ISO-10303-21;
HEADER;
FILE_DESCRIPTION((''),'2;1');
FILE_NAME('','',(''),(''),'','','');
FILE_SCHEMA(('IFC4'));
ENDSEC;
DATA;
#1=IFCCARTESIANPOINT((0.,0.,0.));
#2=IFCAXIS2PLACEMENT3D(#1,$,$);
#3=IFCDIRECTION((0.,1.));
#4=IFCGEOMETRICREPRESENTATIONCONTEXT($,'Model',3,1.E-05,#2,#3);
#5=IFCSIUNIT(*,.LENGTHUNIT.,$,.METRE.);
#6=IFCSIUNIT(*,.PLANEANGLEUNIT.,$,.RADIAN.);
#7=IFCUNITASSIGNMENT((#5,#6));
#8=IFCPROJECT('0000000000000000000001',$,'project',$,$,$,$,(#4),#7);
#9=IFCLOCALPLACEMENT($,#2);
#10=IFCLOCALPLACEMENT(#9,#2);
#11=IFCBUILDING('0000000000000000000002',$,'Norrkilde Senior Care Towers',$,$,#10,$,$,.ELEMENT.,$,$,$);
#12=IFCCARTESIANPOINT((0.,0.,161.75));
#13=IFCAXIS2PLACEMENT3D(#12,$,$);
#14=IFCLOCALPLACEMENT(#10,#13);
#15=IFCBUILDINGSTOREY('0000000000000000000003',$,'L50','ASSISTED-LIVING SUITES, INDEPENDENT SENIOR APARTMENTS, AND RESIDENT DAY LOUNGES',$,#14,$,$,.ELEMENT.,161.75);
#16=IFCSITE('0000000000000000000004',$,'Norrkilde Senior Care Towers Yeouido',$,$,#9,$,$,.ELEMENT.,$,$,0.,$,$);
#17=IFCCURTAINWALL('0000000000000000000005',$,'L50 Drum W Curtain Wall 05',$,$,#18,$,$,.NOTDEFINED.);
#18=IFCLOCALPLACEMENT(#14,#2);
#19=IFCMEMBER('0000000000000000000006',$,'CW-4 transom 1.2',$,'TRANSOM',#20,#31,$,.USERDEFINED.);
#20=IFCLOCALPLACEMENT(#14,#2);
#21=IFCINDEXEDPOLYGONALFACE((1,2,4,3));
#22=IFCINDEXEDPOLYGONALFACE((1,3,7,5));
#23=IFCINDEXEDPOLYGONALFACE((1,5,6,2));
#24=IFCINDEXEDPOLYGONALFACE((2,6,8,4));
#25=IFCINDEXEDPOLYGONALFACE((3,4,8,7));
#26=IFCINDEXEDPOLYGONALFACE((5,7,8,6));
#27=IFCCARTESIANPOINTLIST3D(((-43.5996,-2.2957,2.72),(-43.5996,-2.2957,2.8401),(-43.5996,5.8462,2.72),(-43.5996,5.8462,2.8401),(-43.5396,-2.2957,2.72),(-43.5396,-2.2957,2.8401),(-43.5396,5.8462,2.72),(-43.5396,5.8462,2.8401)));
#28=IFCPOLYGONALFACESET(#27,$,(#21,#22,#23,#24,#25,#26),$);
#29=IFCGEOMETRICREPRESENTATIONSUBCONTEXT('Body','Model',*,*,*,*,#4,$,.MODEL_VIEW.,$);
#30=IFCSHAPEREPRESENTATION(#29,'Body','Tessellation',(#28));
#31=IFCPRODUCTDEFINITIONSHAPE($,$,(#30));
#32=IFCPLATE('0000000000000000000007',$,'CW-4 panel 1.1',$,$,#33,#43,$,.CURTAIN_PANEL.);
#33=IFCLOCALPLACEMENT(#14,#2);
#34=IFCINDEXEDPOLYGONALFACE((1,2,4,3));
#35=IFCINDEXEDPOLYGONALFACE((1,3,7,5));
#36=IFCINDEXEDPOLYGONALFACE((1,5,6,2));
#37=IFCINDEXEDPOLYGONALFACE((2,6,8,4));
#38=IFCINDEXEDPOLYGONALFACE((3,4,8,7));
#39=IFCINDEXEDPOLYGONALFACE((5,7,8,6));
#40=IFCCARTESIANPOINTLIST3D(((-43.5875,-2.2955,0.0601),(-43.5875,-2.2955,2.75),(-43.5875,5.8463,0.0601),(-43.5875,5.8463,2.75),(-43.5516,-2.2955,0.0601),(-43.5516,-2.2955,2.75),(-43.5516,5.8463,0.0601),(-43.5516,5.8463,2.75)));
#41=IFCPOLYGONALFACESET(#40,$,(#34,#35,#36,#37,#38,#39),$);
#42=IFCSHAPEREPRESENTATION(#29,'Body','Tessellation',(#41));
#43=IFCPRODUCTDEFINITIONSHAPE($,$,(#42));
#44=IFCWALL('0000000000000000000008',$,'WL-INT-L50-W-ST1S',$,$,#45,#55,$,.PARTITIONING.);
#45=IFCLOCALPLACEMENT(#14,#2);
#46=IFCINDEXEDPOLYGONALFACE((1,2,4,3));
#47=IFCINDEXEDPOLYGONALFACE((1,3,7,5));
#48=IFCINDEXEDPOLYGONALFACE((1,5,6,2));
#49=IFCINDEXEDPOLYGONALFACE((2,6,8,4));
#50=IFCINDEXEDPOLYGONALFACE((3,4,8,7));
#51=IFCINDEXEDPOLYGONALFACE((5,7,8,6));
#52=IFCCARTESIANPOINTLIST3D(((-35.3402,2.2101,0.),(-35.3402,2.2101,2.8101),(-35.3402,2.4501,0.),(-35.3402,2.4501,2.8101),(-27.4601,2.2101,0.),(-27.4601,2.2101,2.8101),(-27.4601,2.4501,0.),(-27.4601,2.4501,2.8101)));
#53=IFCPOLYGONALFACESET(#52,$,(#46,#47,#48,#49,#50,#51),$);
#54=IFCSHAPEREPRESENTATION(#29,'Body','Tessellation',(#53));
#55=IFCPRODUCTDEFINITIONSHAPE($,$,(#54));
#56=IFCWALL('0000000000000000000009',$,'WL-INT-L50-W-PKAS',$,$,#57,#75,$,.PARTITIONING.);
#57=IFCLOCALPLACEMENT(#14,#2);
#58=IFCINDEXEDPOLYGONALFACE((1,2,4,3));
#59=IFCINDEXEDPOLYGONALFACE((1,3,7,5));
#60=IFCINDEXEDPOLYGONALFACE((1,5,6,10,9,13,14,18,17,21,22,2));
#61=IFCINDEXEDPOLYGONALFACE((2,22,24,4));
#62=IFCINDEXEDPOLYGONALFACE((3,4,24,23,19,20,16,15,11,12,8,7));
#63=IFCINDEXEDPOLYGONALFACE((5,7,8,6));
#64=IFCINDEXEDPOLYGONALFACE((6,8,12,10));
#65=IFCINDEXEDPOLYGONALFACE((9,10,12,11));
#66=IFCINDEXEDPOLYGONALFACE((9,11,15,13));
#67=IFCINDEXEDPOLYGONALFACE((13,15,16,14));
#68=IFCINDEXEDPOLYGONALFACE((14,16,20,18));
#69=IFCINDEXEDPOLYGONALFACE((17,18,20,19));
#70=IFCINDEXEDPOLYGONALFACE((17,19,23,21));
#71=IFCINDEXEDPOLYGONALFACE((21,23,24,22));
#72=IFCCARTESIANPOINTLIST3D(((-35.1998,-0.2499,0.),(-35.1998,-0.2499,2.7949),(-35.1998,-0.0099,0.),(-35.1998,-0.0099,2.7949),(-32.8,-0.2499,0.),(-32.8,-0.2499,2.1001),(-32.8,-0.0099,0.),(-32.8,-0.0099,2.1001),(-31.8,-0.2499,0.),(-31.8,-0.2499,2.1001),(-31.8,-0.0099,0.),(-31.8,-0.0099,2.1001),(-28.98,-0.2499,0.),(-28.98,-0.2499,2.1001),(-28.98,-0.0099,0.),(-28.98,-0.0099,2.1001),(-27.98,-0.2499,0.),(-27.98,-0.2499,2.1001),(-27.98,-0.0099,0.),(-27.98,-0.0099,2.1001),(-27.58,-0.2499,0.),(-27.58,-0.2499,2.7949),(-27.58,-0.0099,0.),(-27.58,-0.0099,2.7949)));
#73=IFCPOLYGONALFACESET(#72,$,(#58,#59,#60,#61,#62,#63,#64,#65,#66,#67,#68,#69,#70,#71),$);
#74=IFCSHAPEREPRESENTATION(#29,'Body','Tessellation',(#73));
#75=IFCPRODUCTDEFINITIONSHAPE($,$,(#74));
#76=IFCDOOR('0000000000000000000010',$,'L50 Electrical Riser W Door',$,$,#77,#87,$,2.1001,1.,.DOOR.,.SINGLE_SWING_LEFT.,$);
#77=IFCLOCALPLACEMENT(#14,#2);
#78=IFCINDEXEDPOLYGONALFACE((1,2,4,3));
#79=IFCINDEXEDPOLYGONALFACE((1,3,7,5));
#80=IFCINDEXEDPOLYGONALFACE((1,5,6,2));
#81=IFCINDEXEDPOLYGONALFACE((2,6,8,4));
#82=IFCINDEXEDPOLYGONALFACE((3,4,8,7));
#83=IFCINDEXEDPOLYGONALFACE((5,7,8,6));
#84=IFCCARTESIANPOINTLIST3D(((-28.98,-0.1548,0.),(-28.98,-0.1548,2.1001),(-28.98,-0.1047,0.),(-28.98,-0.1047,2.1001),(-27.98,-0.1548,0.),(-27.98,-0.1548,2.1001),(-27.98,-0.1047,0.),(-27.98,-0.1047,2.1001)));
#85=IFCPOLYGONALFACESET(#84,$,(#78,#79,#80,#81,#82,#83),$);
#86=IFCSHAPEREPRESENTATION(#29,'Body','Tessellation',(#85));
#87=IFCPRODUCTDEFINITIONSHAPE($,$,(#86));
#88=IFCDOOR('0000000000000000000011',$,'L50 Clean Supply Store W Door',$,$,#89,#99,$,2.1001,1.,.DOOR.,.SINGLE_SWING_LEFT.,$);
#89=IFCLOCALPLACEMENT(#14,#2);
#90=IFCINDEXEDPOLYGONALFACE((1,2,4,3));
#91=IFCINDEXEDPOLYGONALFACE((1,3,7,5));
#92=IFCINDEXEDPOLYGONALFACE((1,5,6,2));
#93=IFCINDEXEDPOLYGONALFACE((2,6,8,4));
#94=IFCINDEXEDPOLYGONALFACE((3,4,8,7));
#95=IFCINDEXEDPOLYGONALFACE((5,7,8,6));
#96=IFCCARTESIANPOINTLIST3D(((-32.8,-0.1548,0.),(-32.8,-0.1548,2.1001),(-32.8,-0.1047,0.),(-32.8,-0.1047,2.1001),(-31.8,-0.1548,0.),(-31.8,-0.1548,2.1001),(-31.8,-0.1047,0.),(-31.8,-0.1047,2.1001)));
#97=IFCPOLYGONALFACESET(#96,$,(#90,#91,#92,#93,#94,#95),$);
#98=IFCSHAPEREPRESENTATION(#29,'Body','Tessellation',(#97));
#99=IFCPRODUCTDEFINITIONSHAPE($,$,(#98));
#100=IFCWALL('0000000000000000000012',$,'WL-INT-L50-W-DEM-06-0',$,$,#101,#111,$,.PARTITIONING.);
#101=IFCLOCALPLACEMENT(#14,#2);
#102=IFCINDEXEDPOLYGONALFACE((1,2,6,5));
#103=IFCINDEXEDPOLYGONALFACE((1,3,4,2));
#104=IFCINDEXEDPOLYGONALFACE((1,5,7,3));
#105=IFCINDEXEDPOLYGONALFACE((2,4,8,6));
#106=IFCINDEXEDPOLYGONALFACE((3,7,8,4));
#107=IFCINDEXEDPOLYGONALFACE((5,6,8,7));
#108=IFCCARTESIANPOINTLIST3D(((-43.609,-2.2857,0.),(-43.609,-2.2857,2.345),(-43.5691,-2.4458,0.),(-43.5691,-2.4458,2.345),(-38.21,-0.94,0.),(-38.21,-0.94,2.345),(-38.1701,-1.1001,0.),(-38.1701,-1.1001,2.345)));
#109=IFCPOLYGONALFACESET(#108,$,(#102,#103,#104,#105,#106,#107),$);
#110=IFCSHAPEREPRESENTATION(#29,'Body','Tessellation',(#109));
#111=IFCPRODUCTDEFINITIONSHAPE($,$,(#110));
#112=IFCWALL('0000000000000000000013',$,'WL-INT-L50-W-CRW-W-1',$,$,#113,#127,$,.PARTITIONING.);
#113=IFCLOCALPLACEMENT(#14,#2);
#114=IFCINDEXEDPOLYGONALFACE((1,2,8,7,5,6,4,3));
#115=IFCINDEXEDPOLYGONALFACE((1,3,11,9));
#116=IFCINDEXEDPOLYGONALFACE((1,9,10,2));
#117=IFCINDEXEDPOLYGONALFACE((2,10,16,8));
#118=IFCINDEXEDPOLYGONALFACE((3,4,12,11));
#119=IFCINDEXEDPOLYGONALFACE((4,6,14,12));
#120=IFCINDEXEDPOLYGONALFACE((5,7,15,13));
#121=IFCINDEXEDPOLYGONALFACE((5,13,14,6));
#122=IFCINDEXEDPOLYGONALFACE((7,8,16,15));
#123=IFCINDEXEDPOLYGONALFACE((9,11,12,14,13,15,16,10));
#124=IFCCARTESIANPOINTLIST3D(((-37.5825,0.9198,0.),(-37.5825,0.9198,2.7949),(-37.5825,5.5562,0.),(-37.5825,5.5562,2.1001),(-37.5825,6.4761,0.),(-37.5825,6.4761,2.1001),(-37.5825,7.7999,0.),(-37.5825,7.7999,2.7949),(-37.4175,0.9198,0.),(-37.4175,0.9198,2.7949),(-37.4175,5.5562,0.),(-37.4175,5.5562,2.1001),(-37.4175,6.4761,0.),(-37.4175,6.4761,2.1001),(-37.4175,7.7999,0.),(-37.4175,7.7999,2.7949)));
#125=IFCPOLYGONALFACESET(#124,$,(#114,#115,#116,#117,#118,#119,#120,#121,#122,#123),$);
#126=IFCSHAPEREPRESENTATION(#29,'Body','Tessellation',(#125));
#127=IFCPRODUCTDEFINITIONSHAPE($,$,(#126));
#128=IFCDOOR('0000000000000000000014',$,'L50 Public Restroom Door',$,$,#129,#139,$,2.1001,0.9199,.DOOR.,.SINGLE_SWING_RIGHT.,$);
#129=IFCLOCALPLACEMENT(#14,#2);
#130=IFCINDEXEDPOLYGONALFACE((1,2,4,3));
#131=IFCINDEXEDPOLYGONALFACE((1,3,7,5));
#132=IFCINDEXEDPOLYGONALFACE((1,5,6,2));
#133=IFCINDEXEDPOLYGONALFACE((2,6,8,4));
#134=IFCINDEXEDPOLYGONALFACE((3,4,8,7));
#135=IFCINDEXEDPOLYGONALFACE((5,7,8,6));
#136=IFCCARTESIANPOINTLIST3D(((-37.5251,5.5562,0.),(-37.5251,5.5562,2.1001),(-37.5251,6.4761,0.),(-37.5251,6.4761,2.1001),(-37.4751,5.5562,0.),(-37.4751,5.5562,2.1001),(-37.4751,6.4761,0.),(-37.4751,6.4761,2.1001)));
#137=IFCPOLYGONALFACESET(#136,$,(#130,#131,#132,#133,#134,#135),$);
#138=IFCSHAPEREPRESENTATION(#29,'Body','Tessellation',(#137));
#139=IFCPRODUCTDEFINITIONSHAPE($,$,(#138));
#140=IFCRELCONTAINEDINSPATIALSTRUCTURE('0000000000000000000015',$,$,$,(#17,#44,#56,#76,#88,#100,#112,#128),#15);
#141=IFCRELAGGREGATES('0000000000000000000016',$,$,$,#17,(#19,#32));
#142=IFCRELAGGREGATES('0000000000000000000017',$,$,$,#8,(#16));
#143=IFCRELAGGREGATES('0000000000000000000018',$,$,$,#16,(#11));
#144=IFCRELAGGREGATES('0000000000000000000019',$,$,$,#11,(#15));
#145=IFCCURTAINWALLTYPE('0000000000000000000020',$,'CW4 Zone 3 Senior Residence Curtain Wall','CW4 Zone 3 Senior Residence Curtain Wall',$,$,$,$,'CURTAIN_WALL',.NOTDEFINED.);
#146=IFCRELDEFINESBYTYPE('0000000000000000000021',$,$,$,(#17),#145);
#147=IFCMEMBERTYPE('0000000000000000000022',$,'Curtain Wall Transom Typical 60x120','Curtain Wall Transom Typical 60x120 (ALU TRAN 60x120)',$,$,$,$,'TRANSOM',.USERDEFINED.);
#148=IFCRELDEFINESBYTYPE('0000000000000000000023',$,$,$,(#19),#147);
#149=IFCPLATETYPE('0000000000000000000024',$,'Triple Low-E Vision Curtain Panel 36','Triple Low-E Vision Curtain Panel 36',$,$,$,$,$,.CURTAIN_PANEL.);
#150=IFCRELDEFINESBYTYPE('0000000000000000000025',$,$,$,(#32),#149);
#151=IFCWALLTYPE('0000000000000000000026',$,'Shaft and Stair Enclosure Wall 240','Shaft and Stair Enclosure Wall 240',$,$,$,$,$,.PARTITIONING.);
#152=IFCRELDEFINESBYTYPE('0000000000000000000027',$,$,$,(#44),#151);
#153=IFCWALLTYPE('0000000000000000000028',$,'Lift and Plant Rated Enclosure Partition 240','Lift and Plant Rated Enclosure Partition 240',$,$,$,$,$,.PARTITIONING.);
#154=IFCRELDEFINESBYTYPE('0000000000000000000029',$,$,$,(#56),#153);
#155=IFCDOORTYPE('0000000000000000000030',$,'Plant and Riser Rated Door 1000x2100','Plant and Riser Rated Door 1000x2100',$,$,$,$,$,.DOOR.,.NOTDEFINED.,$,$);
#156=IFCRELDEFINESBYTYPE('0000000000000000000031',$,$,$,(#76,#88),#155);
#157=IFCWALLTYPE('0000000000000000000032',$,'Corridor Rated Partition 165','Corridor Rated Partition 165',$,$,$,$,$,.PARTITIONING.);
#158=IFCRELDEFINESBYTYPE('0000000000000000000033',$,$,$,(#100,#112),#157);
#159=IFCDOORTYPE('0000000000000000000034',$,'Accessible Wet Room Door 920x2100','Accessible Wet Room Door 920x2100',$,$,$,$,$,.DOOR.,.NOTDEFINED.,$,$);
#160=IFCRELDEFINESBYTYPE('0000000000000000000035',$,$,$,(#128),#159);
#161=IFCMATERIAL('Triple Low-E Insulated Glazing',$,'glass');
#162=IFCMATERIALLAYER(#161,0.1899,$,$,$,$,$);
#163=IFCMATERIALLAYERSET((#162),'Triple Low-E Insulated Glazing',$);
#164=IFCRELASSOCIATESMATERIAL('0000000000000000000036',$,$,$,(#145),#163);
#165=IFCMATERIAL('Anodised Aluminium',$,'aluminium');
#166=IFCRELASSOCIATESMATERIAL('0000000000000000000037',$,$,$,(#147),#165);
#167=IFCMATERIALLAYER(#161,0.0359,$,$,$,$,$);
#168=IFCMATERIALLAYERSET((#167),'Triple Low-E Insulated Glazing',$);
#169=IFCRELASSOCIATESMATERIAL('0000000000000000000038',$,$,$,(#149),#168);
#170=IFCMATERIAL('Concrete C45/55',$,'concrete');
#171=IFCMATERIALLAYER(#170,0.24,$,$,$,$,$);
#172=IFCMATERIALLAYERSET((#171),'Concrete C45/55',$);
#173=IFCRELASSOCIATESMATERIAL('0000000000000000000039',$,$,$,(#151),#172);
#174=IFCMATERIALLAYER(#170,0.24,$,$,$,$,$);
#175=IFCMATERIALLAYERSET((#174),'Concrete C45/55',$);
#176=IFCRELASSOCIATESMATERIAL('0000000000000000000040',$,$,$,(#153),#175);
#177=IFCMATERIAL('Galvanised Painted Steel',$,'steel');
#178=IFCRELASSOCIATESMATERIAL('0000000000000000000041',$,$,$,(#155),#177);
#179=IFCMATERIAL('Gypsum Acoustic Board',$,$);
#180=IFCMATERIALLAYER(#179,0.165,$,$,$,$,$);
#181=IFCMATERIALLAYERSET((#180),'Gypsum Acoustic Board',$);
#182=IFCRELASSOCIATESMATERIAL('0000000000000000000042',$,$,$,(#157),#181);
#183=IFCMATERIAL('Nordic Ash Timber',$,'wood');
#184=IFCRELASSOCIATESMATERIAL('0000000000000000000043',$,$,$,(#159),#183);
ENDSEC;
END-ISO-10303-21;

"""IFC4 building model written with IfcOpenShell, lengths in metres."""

from ifc_helpers import new_model, si_unit, direction, frame, frame_2d, origin, origin_2d, place, context, subcontext, project, spatial, rectangle, extrude, source, transform, mapped, material, layer, layer_set, material_profile, profile_set, type_object, type_shapes, element, fill, aggregate, save


model = new_model("IFC4")

# Units and contexts
model_context = context("Model", 3, precision=1e-05, world=origin(), true_north=direction((0.0, 1.0)))
body_context = subcontext(model_context, "Body", "Model", "MODEL_VIEW")
ifc_project = project(units=[si_unit("LENGTHUNIT", "METRE"), si_unit("PLANEANGLEUNIT", "RADIAN")], contexts=[model_context])

# Site, building, storey
site_placement = place(None, origin())
site = spatial("IfcSite", under=ifc_project, at=site_placement, Name="Norrkilde Senior Care Towers Yeouido", CompositionType="ELEMENT", RefElevation=0.0)
building_placement = place(site_placement, origin())
building = spatial("IfcBuilding", under=site, at=building_placement, Name="Norrkilde Senior Care Towers", CompositionType="ELEMENT")
storey_placement = place(building_placement, frame((0.0, 0.0, 161.75)))
storey = spatial("IfcBuildingStorey", under=building, at=storey_placement, Name="L50", Description="ASSISTED-LIVING SUITES, INDEPENDENT SENIOR APARTMENTS, AND RESIDENT DAY LOUNGES", CompositionType="ELEMENT", Elevation=161.75)

# Curtain wall, member, plate
ifc_material_1 = material(Name="Triple Low-E Insulated Glazing", Category="glass")
ifc_layer_1 = layer(ifc_material_1, 0.1899)
ifc_layer_set_1 = layer_set([ifc_layer_1], Name="Triple Low-E Insulated Glazing")
curtain_wall_type = type_object("IfcCurtainWallType", Name="CW4 Zone 3 Senior Residence Curtain Wall", Description="CW4 Zone 3 Senior Residence Curtain Wall", ElementType="CURTAIN_WALL", PredefinedType="NOTDEFINED", material=ifc_layer_set_1)
curtain_wall_placement = place(storey_placement, origin())
curtain_wall = element("IfcCurtainWall", 1, at=curtain_wall_placement, inside=storey, type_object=curtain_wall_type, Name="L50 Drum W Curtain Wall 05", PredefinedType="NOTDEFINED")
ifc_material_2 = material(Name="Anodised Aluminium", Category="aluminium")
ifc_material_profile_1 = material_profile(ifc_material_2, rectangle(XDim=0.0601, YDim=0.1201, at=origin_2d()), Name="ALU TRAN 60x120")
ifc_profile_set_1 = profile_set([ifc_material_profile_1], Name="Anodised Aluminium")
member_type_1 = type_object("IfcMemberType", Name="Curtain Wall Transom Typical 60x120", Description="Curtain Wall Transom Typical 60x120 (ALU TRAN 60x120)", ElementType="TRANSOM", PredefinedType="USERDEFINED", material=ifc_profile_set_1)
shared_shape_1 = source(origin(), body_context, "Body", "SweptSolid", [
    extrude(rectangle(XDim=0.0601, YDim=0.1201, at=origin_2d()), origin(), (0.0, 0.0, 1.0), 8.1418),
])
type_shapes(member_type_1, [shared_shape_1])
member_1_placement = place(storey_placement, frame((-43.5696, -2.2957, 2.78), z_axis=(0.0, 1.0, 0.0), x_axis=(-1.0, 0.0, 0.0)))
member_1 = element("IfcMember", 2, at=member_1_placement, type_object=member_type_1, Name="CW-4 transom 1.2", ObjectType="TRANSOM", PredefinedType="USERDEFINED", context=body_context, shape_type="MappedRepresentation", body=[
    mapped(shared_shape_1, transform((0.0, 0.0, 0.0), x_axis=(1.0, 0.0, 0.0), y_axis=(0.0, 1.0, 0.0), z_axis=(0.0, 0.0, 1.0), scale=1.0)),
])
ifc_layer_2 = layer(ifc_material_1, 0.0359)
ifc_layer_set_2 = layer_set([ifc_layer_2], Name="Triple Low-E Insulated Glazing")
plate_type = type_object("IfcPlateType", Name="Triple Low-E Vision Curtain Panel 36", Description="Triple Low-E Vision Curtain Panel 36", PredefinedType="CURTAIN_PANEL", material=ifc_layer_set_2)
shared_shape_2 = source(origin(), body_context, "Body", "SweptSolid", [
    extrude(rectangle(XDim=8.1418, YDim=0.0359, at=origin_2d()), origin(), (0.0, 0.0, 1.0), 2.6899),
])
type_shapes(plate_type, [shared_shape_2])
plate_placement = place(storey_placement, frame((-43.5696, 1.7754, 0.0601), z_axis=(0.0, 0.0, 1.0), x_axis=(0.0, 1.0, 0.0)))
plate = element("IfcPlate", 3, at=plate_placement, type_object=plate_type, Name="CW-4 panel 1.1", PredefinedType="CURTAIN_PANEL", context=body_context, shape_type="MappedRepresentation", body=[
    mapped(shared_shape_2, transform((0.0, 0.0, 0.0), x_axis=(1.0, 0.0, 0.0), y_axis=(0.0, 1.0, 0.0), z_axis=(0.0, 0.0, 1.0), scale=1.0)),
])
aggregate(curtain_wall, [member_1, plate])

# Wall
ifc_material_3 = material(Name="Concrete C45/55", Category="concrete")
ifc_layer_3 = layer(ifc_material_3, 0.24)
ifc_layer_set_3 = layer_set([ifc_layer_3], Name="Concrete C45/55")
wall_type_1 = type_object("IfcWallType", Name="Shaft and Stair Enclosure Wall 240", Description="Shaft and Stair Enclosure Wall 240", PredefinedType="PARTITIONING", material=ifc_layer_set_3)
shared_shape_3 = source(origin(), body_context, "Body", "SweptSolid", [
    extrude(rectangle(XDim=7.8801, YDim=0.24, at=frame_2d((3.9399, 0.0))), origin(), (0.0, 0.0, 1.0), 2.8101),
])
type_shapes(wall_type_1, [shared_shape_3])
wall_1_placement = place(storey_placement, frame((-35.3401, 2.3301, 0.0), z_axis=(0.0, 0.0, 1.0), x_axis=(1.0, 0.0, 0.0)))
element("IfcWall", 4, at=wall_1_placement, inside=storey, type_object=wall_type_1, Name="WL-INT-L50-W-ST1S", PredefinedType="PARTITIONING", context=body_context, shape_type="MappedRepresentation", body=[
    mapped(shared_shape_3, transform((0.0, 0.0, 0.0), x_axis=(1.0, 0.0, 0.0), y_axis=(0.0, 1.0, 0.0), z_axis=(0.0, 0.0, 1.0), scale=1.0)),
])

# Shared definitions
ifc_material_4 = material(Name="Galvanised Painted Steel", Category="steel")

# Wall, openings, doors
ifc_layer_4 = layer(ifc_material_3, 0.24)
ifc_layer_set_4 = layer_set([ifc_layer_4], Name="Concrete C45/55")
wall_type_2 = type_object("IfcWallType", Name="Lift and Plant Rated Enclosure Partition 240", Description="Lift and Plant Rated Enclosure Partition 240", PredefinedType="PARTITIONING", material=ifc_layer_set_4)
shared_shape_4 = source(origin(), body_context, "Body", "SweptSolid", [
    extrude(rectangle(XDim=7.6199, YDim=0.24, at=frame_2d((3.8101, 0.0))), origin(), (0.0, 0.0, 1.0), 2.7949),
])
type_shapes(wall_type_2, [shared_shape_4])
wall_2_placement = place(storey_placement, frame((-35.2, -0.1299, 0.0), z_axis=(0.0, 0.0, 1.0), x_axis=(1.0, 0.0, 0.0)))
wall_2 = element("IfcWall", 5, at=wall_2_placement, inside=storey, type_object=wall_type_2, Name="WL-INT-L50-W-PKAS", PredefinedType="PARTITIONING", context=body_context, shape_type="MappedRepresentation", body=[
    mapped(shared_shape_4, transform((0.0, 0.0, 0.0), x_axis=(1.0, 0.0, 0.0), y_axis=(0.0, 1.0, 0.0), z_axis=(0.0, 0.0, 1.0), scale=1.0)),
])
opening_1_placement = place(wall_2_placement, frame((6.22, 0.0, 0.0)))
opening_1 = element("IfcOpeningElement", 6, at=opening_1_placement, cuts=wall_2, PredefinedType="OPENING", context=body_context, shape_type="SweptSolid", body=[
    extrude(rectangle(XDim=1.0, YDim=2.1001, at=frame_2d((0.5, 1.05))), frame((0.0, 0.1299, 0.0), z_axis=(0.0, -1.0, 0.0), x_axis=(1.0, 0.0, 0.0)), (0.0, 0.0, 1.0), 0.26),
])
opening_2_placement = place(wall_2_placement, frame((2.3999, 0.0, 0.0)))
opening_2 = element("IfcOpeningElement", 7, at=opening_2_placement, cuts=wall_2, PredefinedType="OPENING", context=body_context, shape_type="SweptSolid", body=[
    extrude(rectangle(XDim=1.0, YDim=2.1001, at=frame_2d((0.5, 1.05))), frame((0.0, 0.1299, 0.0), z_axis=(0.0, -1.0, 0.0), x_axis=(1.0, 0.0, 0.0)), (0.0, 0.0, 1.0), 0.26),
])
door_type_1 = type_object("IfcDoorType", Name="Plant and Riser Rated Door 1000x2100", Description="Plant and Riser Rated Door 1000x2100", OperationType="NOTDEFINED", PredefinedType="DOOR", material=ifc_material_4)
shared_shape_5 = source(origin(), body_context, "Body", "SweptSolid", [
    extrude(rectangle(XDim=1.0, YDim=2.1001, at=frame_2d((0.5, 1.05))), frame((0.0, 0.0249, 0.0), z_axis=(0.0, -1.0, 0.0), x_axis=(1.0, 0.0, 0.0)), (0.0, 0.0, 1.0), 0.05),
])
type_shapes(door_type_1, [shared_shape_5])
door_1_placement = place(opening_1_placement, frame((1.0, 0.0, 0.0), z_axis=(0.0, 0.0, 1.0), x_axis=(-1.0, 0.0, 0.0)))
door_1 = element("IfcDoor", 8, at=door_1_placement, inside=storey, type_object=door_type_1, Name="L50 Electrical Riser W Door", OperationType="SINGLE_SWING_LEFT", OverallHeight=2.1001, OverallWidth=1.0, PredefinedType="DOOR", context=body_context, shape_type="MappedRepresentation", body=[
    mapped(shared_shape_5, transform((0.0, 0.0, 0.0), x_axis=(1.0, 0.0, 0.0), y_axis=(0.0, 1.0, 0.0), z_axis=(0.0, 0.0, 1.0), scale=1.0)),
])
fill(opening_1, door_1)
door_2_placement = place(opening_2_placement, frame((1.0, 0.0, 0.0), z_axis=(0.0, 0.0, 1.0), x_axis=(-1.0, 0.0, 0.0)))
door_2 = element("IfcDoor", 9, at=door_2_placement, inside=storey, type_object=door_type_1, Name="L50 Clean Supply Store W Door", OperationType="SINGLE_SWING_LEFT", OverallHeight=2.1001, OverallWidth=1.0, PredefinedType="DOOR", context=body_context, shape_type="MappedRepresentation", body=[
    mapped(shared_shape_5, transform((0.0, 0.0, 0.0), x_axis=(1.0, 0.0, 0.0), y_axis=(0.0, 1.0, 0.0), z_axis=(0.0, 0.0, 1.0), scale=1.0)),
])
fill(opening_2, door_2)

# Wall
ifc_material_5 = material(Name="Gypsum Acoustic Board")
ifc_layer_5 = layer(ifc_material_5, 0.165)
ifc_layer_set_5 = layer_set([ifc_layer_5], Name="Gypsum Acoustic Board")
wall_type_3 = type_object("IfcWallType", Name="Corridor Rated Partition 165", Description="Corridor Rated Partition 165", PredefinedType="PARTITIONING", material=ifc_layer_set_5)
shared_shape_6 = source(origin(), body_context, "Body", "SweptSolid", [
    extrude(rectangle(XDim=5.5642, YDim=0.165, at=frame_2d((2.7822, 0.0))), origin(), (0.0, 0.0, 1.0), 2.345),
])
wall_3_placement = place(storey_placement, frame((-38.1899, -1.02, 0.0), z_axis=(0.0, 0.0, 1.0), x_axis=(-0.970313, -0.241854, 0.0)))
element("IfcWall", 10, at=wall_3_placement, inside=storey, type_object=wall_type_3, Name="WL-INT-L50-W-DEM-06-0", PredefinedType="PARTITIONING", context=body_context, shape_type="MappedRepresentation", body=[
    mapped(shared_shape_6, transform((0.0, 0.0, 0.0), x_axis=(1.0, 0.0, 0.0), y_axis=(0.0, 1.0, 0.0), z_axis=(0.0, 0.0, 1.0), scale=1.0)),
])

# Wall, opening, door
shared_shape_7 = source(origin(), body_context, "Body", "SweptSolid", [
    extrude(rectangle(XDim=6.8801, YDim=0.165, at=frame_2d((3.4399, 0.0))), origin(), (0.0, 0.0, 1.0), 2.7949),
])
wall_4_placement = place(storey_placement, frame((-37.5, 0.9199, 0.0), z_axis=(0.0, 0.0, 1.0), x_axis=(0.0, 1.0, 0.0)))
wall_4 = element("IfcWall", 11, at=wall_4_placement, inside=storey, type_object=wall_type_3, Name="WL-INT-L50-W-CRW-W-1", PredefinedType="PARTITIONING", context=body_context, shape_type="MappedRepresentation", body=[
    mapped(shared_shape_7, transform((0.0, 0.0, 0.0), x_axis=(1.0, 0.0, 0.0), y_axis=(0.0, 1.0, 0.0), z_axis=(0.0, 0.0, 1.0), scale=1.0)),
])
opening_3_placement = place(wall_4_placement, frame((4.6362, 0.0, 0.0)))
opening_3 = element("IfcOpeningElement", 12, at=opening_3_placement, cuts=wall_4, PredefinedType="OPENING", context=body_context, shape_type="SweptSolid", body=[
    extrude(rectangle(XDim=0.9199, YDim=2.1001, at=frame_2d((0.46, 1.05))), frame((0.0, 0.0925, 0.0), z_axis=(0.0, -1.0, 0.0), x_axis=(1.0, 0.0, 0.0)), (0.0, 0.0, 1.0), 0.1851),
])
ifc_material_6 = material(Name="Nordic Ash Timber", Category="wood")
door_type_2 = type_object("IfcDoorType", Name="Accessible Wet Room Door 920x2100", Description="Accessible Wet Room Door 920x2100", OperationType="NOTDEFINED", PredefinedType="DOOR", material=ifc_material_6)
shared_shape_8 = source(origin(), body_context, "Body", "SweptSolid", [
    extrude(rectangle(XDim=0.9199, YDim=2.1001, at=frame_2d((0.46, 1.05))), frame((0.0, 0.0249, 0.0), z_axis=(0.0, -1.0, 0.0), x_axis=(1.0, 0.0, 0.0)), (0.0, 0.0, 1.0), 0.05),
])
type_shapes(door_type_2, [shared_shape_8])
door_3_placement = place(opening_3_placement, frame((0.9199, 0.0, 0.0), z_axis=(0.0, 0.0, 1.0), x_axis=(-1.0, 0.0, 0.0)))
door_3 = element("IfcDoor", 13, at=door_3_placement, inside=storey, type_object=door_type_2, Name="L50 Public Restroom Door", OperationType="SINGLE_SWING_RIGHT", OverallHeight=2.1001, OverallWidth=0.9199, PredefinedType="DOOR", context=body_context, shape_type="MappedRepresentation", body=[
    mapped(shared_shape_8, transform((0.0, 0.0, 0.0), x_axis=(1.0, 0.0, 0.0), y_axis=(0.0, 1.0, 0.0), z_axis=(0.0, 0.0, 1.0), scale=1.0)),
])
fill(opening_3, door_3)

save(model, "model.ifc")
